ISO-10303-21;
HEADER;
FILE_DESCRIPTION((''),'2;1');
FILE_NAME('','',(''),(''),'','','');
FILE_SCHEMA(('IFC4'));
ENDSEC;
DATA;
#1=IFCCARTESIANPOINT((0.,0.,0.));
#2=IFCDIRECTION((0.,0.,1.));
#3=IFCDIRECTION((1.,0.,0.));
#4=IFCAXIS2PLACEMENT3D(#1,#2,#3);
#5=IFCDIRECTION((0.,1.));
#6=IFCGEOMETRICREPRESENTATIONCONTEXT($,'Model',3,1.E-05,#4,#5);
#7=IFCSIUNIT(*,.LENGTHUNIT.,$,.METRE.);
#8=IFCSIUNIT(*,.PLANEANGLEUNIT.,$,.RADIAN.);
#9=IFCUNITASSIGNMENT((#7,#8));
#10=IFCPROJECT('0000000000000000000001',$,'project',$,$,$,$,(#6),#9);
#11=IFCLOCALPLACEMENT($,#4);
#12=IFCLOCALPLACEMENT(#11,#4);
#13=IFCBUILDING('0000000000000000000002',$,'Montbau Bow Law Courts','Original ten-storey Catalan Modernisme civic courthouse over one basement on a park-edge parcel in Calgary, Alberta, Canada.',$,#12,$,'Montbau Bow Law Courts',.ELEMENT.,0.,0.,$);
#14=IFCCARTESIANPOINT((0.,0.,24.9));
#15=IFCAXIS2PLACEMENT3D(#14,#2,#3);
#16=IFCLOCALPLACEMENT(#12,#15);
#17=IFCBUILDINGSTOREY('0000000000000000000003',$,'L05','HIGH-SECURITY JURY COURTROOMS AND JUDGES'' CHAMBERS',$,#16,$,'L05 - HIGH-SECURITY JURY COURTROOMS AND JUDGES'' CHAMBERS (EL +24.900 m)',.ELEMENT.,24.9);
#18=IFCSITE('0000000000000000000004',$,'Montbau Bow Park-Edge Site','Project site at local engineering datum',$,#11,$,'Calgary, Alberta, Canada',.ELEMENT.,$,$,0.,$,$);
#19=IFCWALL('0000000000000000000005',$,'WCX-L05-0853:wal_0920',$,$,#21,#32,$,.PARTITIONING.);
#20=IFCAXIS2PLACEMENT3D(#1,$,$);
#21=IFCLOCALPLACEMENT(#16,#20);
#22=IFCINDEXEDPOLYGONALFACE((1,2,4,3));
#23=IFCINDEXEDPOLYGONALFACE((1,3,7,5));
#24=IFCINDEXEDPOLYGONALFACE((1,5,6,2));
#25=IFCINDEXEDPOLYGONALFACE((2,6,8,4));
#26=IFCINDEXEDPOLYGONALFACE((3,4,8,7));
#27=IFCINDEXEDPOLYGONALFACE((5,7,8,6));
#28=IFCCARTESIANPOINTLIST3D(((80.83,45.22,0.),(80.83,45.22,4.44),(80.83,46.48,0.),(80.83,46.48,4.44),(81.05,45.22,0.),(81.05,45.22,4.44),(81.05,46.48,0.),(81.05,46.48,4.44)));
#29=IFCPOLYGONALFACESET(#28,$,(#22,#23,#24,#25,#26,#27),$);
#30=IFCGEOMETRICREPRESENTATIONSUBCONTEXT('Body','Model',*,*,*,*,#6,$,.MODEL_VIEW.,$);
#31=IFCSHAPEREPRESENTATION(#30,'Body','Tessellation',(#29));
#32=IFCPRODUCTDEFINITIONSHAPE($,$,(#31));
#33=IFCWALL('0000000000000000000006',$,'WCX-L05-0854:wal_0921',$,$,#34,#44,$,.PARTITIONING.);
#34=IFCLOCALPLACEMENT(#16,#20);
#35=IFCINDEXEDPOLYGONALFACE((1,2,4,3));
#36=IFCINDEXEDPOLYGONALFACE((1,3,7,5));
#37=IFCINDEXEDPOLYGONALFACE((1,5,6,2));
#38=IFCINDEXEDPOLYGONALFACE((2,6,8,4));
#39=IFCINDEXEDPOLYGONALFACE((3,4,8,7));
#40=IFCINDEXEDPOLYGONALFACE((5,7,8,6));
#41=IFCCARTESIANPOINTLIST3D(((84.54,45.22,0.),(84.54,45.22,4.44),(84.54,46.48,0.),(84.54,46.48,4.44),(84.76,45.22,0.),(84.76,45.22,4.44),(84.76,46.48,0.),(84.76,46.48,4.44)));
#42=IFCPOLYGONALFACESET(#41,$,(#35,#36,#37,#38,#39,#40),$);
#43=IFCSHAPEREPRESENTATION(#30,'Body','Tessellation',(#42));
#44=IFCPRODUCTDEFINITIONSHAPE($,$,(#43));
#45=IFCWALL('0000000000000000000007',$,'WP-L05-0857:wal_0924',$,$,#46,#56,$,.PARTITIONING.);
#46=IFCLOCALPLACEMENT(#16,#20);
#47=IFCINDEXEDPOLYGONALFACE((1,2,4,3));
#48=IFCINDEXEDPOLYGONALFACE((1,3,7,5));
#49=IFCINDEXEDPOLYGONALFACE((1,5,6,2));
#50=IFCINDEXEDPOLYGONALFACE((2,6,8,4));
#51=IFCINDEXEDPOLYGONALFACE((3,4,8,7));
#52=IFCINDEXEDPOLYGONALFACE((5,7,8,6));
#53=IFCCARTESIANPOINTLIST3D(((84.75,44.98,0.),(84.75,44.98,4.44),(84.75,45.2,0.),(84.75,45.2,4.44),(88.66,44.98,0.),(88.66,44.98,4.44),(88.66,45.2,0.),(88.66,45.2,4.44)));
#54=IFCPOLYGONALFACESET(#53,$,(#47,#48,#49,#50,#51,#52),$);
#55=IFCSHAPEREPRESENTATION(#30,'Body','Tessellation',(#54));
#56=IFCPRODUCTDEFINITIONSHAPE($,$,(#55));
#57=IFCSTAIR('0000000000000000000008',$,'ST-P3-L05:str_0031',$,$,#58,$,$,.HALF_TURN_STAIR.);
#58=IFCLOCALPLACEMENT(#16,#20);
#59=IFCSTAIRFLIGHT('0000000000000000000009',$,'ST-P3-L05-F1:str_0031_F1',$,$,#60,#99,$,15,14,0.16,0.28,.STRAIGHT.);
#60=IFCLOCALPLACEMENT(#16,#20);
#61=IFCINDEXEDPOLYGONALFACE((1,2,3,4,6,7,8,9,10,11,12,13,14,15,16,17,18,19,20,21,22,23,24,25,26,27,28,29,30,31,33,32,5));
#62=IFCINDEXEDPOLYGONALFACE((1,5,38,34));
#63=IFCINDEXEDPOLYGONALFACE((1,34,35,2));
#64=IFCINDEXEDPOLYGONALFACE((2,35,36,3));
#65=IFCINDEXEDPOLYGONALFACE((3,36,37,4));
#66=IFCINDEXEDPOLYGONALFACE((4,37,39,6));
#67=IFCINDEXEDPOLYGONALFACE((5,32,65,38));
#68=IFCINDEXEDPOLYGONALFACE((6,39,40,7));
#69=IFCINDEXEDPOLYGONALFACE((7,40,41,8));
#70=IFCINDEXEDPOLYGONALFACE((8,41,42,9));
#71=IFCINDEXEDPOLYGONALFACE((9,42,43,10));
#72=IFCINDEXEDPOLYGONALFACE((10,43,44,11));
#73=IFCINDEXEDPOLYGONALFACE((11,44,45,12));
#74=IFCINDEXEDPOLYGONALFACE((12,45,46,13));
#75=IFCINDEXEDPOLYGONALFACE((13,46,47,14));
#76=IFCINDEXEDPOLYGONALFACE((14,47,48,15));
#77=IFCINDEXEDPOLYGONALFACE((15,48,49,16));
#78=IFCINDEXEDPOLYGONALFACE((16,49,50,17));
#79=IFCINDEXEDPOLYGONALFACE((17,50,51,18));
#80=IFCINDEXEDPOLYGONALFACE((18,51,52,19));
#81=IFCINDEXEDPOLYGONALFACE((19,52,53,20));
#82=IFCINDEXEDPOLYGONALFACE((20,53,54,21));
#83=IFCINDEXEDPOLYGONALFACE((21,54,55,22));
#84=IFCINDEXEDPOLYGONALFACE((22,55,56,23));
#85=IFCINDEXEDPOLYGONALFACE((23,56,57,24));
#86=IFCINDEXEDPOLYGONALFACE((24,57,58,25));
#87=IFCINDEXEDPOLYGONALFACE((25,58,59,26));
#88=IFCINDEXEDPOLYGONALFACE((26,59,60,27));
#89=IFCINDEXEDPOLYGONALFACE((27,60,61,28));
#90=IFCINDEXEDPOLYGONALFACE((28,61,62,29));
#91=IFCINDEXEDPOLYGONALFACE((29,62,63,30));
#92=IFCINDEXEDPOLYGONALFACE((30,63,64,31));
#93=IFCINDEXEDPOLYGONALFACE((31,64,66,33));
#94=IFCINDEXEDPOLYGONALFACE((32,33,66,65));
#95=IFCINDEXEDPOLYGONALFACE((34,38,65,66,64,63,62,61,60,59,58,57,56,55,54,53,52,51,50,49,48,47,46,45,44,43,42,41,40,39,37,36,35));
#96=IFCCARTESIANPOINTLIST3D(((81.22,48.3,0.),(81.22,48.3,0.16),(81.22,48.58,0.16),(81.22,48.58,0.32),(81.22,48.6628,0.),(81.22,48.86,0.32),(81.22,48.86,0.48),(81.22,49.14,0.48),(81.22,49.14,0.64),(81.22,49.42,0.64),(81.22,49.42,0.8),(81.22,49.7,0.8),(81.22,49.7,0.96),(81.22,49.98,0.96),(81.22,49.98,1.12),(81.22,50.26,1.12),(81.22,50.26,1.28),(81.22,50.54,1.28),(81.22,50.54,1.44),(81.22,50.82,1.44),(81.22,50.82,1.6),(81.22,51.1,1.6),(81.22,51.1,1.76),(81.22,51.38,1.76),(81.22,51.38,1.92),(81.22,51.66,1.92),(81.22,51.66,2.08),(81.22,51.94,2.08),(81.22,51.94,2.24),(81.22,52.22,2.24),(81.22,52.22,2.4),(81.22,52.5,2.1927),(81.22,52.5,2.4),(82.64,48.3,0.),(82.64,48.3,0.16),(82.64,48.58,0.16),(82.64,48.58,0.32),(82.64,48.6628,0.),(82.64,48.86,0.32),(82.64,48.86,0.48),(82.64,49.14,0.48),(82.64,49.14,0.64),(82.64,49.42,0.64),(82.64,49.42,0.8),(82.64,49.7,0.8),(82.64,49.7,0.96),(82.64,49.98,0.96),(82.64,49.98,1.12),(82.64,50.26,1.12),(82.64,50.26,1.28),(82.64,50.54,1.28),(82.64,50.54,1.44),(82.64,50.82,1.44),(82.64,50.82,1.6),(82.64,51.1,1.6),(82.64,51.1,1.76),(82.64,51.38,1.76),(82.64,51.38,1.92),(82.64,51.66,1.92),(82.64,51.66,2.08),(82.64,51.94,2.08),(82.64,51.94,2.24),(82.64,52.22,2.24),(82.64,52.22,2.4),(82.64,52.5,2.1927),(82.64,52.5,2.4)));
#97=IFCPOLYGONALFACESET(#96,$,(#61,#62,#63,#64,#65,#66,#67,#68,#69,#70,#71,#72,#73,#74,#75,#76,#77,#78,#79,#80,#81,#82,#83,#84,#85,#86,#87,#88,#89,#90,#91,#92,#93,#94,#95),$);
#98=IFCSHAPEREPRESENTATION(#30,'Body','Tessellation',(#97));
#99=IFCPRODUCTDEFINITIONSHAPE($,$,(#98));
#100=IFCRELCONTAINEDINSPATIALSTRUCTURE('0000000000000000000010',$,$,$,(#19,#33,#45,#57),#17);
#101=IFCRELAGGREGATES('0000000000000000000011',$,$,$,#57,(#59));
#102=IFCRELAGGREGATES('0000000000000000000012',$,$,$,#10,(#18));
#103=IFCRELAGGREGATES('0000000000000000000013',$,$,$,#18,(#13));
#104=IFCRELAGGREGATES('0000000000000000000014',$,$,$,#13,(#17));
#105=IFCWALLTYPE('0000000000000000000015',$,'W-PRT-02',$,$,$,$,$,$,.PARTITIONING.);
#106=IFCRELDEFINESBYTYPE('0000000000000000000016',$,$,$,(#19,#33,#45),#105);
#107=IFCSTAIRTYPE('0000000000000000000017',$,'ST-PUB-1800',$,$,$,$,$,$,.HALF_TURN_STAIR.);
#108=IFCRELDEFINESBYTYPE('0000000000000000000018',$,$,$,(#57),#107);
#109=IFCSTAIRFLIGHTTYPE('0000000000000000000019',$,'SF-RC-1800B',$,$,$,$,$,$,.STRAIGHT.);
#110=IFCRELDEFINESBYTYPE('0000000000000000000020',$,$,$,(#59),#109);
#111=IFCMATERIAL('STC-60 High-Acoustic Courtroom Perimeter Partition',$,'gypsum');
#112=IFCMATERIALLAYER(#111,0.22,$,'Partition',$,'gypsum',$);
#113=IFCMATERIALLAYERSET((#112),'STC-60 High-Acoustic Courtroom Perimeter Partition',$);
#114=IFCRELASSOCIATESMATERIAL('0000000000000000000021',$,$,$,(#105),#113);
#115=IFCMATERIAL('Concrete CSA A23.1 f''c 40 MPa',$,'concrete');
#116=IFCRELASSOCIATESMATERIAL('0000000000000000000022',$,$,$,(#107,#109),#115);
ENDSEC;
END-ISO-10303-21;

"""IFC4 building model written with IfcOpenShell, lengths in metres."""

from ifc_helpers import new_model, si_unit, direction, frame, frame_2d, origin_with_axes, place, context, subcontext, project, spatial, polyline, rectangle, outline, extrude, material, layer, layer_set, type_object, element, aggregate, save


model = new_model("IFC4")

# Units and contexts
model_context = context("Model", 3, precision=1e-05, world=origin_with_axes(), true_north=direction((0.0, 1.0)))
body_context = subcontext(model_context, "Body", "Model", "MODEL_VIEW")
ifc_project = project(units=[si_unit("LENGTHUNIT", "METRE"), si_unit("PLANEANGLEUNIT", "RADIAN")], contexts=[model_context])

# Site, building, storey
site_placement = place(None, origin_with_axes())
site = spatial("IfcSite", under=ifc_project, at=site_placement, Name="Montbau Bow Park-Edge Site", Description="Project site at local engineering datum", LongName="Calgary, Alberta, Canada", CompositionType="ELEMENT", RefElevation=0.0)
building_placement = place(site_placement, origin_with_axes())
building = spatial("IfcBuilding", under=site, at=building_placement, Name="Montbau Bow Law Courts", Description="Original ten-storey Catalan Modernisme civic courthouse over one basement on a park-edge parcel in Calgary, Alberta, Canada.", LongName="Montbau Bow Law Courts", CompositionType="ELEMENT", ElevationOfRefHeight=0.0, ElevationOfTerrain=0.0)
storey_placement = place(building_placement, frame((0.0, 0.0, 24.9), z_axis=(0.0, 0.0, 1.0), x_axis=(1.0, 0.0, 0.0)))
storey = spatial("IfcBuildingStorey", under=building, at=storey_placement, Name="L05", Description="HIGH-SECURITY JURY COURTROOMS AND JUDGES' CHAMBERS", LongName="L05 - HIGH-SECURITY JURY COURTROOMS AND JUDGES' CHAMBERS (EL +24.900 m)", CompositionType="ELEMENT", Elevation=24.9)

# Walls
ifc_material_1 = material(Name="STC-60 High-Acoustic Courtroom Perimeter Partition", Category="gypsum")
ifc_layer_1 = layer(ifc_material_1, 0.22, Name="Partition", Category="gypsum")
ifc_layer_set_1 = layer_set([ifc_layer_1], Name="STC-60 High-Acoustic Courtroom Perimeter Partition")
wall_type_1 = type_object("IfcWallType", Name="W-PRT-02", PredefinedType="PARTITIONING", material=ifc_layer_set_1)
for number, where, z_axis, x_axis, name in (
    (1, (80.94, 45.22, 24.9), (0.0, 0.0, 1.0), (0.0, 1.0, 0.0), "WCX-L05-0853:wal_0920"),
    (2, (84.65, 45.22, 24.9), (0.0, 0.0, 1.0), (0.0, 1.0, 0.0), "WCX-L05-0854:wal_0921"),
):
    element("IfcWall", number, at=place(None, frame(where, z_axis=z_axis, x_axis=x_axis)), inside=storey, type_object=wall_type_1, Name=name, PredefinedType="PARTITIONING", context=body_context, shape_type="SweptSolid", body=[
        extrude(rectangle(XDim=1.26, YDim=0.22, at=frame_2d((0.63, 0.0), x_axis=(1.0, 0.0))), origin_with_axes(), (0.0, 0.0, 1.0), 4.44),
    ])
wall_1_placement = place(None, frame((84.75, 45.09, 24.9), z_axis=(0.0, 0.0, 1.0), x_axis=(1.0, 0.0, 0.0)))
element("IfcWall", 3, at=wall_1_placement, inside=storey, type_object=wall_type_1, Name="WP-L05-0857:wal_0924", PredefinedType="PARTITIONING", context=body_context, shape_type="SweptSolid", body=[
    extrude(rectangle(XDim=3.91, YDim=0.22, at=frame_2d((1.955, 0.0), x_axis=(1.0, 0.0))), origin_with_axes(), (0.0, 0.0, 1.0), 4.44),
])

# Stair, stair flight
ifc_material_2 = material(Name="Concrete CSA A23.1 f'c 40 MPa", Category="concrete")
stair_type = type_object("IfcStairType", Name="ST-PUB-1800", PredefinedType="HALF_TURN_STAIR", material=ifc_material_2)
stair_placement = place(None, frame((81.93, 48.3, 24.9), z_axis=(0.0, 0.0, 1.0), x_axis=(1.0, 0.0, 0.0)))
stair = element("IfcStair", 4, at=stair_placement, inside=storey, type_object=stair_type, Name="ST-P3-L05:str_0031", PredefinedType="HALF_TURN_STAIR")
stair_flight_type = type_object("IfcStairFlightType", Name="SF-RC-1800B", PredefinedType="STRAIGHT", material=ifc_material_2)
stair_flight_placement = place(None, frame((81.93, 48.3, 24.9), z_axis=(0.0, 0.0, 1.0), x_axis=(0.0, 1.0, 0.0)))
stair_flight = element("IfcStairFlight", 5, at=stair_flight_placement, type_object=stair_flight_type, Name="ST-P3-L05-F1:str_0031_F1", NumberOfRisers=15, NumberOfTreads=14, PredefinedType="STRAIGHT", RiserHeight=0.16, TreadLength=0.28, context=body_context, shape_type="SweptSolid", body=[
    extrude(outline(polyline([(0.0, 0.0), (0.0, 0.16), (0.28, 0.16), (0.28, 0.32), (0.56, 0.32), (0.56, 0.48), (0.84, 0.48), (0.84, 0.64), (1.12, 0.64), (1.12, 0.8), (1.4, 0.8), (1.4, 0.96), (1.68, 0.96), (1.68, 1.12), (1.96, 1.12), (1.96, 1.28), (2.24, 1.28), (2.24, 1.44), (2.52, 1.44), (2.52, 1.6), (2.8, 1.6), (2.8, 1.76), (3.08, 1.76), (3.08, 1.92), (3.36, 1.92), (3.36, 2.08), (3.64, 2.08), (3.64, 2.24), (3.92, 2.24), (3.92, 2.4), (4.2, 2.4), (4.2, 2.1927), (0.3628, 0.0), (0.0, 0.0)])), frame((0.0, 0.71, 0.0), z_axis=(0.0, -1.0, 0.0), x_axis=(1.0, 0.0, 0.0)), (0.0, 0.0, 1.0), 1.42),
])
aggregate(stair, [stair_flight])

save(model, "model.ifc")
